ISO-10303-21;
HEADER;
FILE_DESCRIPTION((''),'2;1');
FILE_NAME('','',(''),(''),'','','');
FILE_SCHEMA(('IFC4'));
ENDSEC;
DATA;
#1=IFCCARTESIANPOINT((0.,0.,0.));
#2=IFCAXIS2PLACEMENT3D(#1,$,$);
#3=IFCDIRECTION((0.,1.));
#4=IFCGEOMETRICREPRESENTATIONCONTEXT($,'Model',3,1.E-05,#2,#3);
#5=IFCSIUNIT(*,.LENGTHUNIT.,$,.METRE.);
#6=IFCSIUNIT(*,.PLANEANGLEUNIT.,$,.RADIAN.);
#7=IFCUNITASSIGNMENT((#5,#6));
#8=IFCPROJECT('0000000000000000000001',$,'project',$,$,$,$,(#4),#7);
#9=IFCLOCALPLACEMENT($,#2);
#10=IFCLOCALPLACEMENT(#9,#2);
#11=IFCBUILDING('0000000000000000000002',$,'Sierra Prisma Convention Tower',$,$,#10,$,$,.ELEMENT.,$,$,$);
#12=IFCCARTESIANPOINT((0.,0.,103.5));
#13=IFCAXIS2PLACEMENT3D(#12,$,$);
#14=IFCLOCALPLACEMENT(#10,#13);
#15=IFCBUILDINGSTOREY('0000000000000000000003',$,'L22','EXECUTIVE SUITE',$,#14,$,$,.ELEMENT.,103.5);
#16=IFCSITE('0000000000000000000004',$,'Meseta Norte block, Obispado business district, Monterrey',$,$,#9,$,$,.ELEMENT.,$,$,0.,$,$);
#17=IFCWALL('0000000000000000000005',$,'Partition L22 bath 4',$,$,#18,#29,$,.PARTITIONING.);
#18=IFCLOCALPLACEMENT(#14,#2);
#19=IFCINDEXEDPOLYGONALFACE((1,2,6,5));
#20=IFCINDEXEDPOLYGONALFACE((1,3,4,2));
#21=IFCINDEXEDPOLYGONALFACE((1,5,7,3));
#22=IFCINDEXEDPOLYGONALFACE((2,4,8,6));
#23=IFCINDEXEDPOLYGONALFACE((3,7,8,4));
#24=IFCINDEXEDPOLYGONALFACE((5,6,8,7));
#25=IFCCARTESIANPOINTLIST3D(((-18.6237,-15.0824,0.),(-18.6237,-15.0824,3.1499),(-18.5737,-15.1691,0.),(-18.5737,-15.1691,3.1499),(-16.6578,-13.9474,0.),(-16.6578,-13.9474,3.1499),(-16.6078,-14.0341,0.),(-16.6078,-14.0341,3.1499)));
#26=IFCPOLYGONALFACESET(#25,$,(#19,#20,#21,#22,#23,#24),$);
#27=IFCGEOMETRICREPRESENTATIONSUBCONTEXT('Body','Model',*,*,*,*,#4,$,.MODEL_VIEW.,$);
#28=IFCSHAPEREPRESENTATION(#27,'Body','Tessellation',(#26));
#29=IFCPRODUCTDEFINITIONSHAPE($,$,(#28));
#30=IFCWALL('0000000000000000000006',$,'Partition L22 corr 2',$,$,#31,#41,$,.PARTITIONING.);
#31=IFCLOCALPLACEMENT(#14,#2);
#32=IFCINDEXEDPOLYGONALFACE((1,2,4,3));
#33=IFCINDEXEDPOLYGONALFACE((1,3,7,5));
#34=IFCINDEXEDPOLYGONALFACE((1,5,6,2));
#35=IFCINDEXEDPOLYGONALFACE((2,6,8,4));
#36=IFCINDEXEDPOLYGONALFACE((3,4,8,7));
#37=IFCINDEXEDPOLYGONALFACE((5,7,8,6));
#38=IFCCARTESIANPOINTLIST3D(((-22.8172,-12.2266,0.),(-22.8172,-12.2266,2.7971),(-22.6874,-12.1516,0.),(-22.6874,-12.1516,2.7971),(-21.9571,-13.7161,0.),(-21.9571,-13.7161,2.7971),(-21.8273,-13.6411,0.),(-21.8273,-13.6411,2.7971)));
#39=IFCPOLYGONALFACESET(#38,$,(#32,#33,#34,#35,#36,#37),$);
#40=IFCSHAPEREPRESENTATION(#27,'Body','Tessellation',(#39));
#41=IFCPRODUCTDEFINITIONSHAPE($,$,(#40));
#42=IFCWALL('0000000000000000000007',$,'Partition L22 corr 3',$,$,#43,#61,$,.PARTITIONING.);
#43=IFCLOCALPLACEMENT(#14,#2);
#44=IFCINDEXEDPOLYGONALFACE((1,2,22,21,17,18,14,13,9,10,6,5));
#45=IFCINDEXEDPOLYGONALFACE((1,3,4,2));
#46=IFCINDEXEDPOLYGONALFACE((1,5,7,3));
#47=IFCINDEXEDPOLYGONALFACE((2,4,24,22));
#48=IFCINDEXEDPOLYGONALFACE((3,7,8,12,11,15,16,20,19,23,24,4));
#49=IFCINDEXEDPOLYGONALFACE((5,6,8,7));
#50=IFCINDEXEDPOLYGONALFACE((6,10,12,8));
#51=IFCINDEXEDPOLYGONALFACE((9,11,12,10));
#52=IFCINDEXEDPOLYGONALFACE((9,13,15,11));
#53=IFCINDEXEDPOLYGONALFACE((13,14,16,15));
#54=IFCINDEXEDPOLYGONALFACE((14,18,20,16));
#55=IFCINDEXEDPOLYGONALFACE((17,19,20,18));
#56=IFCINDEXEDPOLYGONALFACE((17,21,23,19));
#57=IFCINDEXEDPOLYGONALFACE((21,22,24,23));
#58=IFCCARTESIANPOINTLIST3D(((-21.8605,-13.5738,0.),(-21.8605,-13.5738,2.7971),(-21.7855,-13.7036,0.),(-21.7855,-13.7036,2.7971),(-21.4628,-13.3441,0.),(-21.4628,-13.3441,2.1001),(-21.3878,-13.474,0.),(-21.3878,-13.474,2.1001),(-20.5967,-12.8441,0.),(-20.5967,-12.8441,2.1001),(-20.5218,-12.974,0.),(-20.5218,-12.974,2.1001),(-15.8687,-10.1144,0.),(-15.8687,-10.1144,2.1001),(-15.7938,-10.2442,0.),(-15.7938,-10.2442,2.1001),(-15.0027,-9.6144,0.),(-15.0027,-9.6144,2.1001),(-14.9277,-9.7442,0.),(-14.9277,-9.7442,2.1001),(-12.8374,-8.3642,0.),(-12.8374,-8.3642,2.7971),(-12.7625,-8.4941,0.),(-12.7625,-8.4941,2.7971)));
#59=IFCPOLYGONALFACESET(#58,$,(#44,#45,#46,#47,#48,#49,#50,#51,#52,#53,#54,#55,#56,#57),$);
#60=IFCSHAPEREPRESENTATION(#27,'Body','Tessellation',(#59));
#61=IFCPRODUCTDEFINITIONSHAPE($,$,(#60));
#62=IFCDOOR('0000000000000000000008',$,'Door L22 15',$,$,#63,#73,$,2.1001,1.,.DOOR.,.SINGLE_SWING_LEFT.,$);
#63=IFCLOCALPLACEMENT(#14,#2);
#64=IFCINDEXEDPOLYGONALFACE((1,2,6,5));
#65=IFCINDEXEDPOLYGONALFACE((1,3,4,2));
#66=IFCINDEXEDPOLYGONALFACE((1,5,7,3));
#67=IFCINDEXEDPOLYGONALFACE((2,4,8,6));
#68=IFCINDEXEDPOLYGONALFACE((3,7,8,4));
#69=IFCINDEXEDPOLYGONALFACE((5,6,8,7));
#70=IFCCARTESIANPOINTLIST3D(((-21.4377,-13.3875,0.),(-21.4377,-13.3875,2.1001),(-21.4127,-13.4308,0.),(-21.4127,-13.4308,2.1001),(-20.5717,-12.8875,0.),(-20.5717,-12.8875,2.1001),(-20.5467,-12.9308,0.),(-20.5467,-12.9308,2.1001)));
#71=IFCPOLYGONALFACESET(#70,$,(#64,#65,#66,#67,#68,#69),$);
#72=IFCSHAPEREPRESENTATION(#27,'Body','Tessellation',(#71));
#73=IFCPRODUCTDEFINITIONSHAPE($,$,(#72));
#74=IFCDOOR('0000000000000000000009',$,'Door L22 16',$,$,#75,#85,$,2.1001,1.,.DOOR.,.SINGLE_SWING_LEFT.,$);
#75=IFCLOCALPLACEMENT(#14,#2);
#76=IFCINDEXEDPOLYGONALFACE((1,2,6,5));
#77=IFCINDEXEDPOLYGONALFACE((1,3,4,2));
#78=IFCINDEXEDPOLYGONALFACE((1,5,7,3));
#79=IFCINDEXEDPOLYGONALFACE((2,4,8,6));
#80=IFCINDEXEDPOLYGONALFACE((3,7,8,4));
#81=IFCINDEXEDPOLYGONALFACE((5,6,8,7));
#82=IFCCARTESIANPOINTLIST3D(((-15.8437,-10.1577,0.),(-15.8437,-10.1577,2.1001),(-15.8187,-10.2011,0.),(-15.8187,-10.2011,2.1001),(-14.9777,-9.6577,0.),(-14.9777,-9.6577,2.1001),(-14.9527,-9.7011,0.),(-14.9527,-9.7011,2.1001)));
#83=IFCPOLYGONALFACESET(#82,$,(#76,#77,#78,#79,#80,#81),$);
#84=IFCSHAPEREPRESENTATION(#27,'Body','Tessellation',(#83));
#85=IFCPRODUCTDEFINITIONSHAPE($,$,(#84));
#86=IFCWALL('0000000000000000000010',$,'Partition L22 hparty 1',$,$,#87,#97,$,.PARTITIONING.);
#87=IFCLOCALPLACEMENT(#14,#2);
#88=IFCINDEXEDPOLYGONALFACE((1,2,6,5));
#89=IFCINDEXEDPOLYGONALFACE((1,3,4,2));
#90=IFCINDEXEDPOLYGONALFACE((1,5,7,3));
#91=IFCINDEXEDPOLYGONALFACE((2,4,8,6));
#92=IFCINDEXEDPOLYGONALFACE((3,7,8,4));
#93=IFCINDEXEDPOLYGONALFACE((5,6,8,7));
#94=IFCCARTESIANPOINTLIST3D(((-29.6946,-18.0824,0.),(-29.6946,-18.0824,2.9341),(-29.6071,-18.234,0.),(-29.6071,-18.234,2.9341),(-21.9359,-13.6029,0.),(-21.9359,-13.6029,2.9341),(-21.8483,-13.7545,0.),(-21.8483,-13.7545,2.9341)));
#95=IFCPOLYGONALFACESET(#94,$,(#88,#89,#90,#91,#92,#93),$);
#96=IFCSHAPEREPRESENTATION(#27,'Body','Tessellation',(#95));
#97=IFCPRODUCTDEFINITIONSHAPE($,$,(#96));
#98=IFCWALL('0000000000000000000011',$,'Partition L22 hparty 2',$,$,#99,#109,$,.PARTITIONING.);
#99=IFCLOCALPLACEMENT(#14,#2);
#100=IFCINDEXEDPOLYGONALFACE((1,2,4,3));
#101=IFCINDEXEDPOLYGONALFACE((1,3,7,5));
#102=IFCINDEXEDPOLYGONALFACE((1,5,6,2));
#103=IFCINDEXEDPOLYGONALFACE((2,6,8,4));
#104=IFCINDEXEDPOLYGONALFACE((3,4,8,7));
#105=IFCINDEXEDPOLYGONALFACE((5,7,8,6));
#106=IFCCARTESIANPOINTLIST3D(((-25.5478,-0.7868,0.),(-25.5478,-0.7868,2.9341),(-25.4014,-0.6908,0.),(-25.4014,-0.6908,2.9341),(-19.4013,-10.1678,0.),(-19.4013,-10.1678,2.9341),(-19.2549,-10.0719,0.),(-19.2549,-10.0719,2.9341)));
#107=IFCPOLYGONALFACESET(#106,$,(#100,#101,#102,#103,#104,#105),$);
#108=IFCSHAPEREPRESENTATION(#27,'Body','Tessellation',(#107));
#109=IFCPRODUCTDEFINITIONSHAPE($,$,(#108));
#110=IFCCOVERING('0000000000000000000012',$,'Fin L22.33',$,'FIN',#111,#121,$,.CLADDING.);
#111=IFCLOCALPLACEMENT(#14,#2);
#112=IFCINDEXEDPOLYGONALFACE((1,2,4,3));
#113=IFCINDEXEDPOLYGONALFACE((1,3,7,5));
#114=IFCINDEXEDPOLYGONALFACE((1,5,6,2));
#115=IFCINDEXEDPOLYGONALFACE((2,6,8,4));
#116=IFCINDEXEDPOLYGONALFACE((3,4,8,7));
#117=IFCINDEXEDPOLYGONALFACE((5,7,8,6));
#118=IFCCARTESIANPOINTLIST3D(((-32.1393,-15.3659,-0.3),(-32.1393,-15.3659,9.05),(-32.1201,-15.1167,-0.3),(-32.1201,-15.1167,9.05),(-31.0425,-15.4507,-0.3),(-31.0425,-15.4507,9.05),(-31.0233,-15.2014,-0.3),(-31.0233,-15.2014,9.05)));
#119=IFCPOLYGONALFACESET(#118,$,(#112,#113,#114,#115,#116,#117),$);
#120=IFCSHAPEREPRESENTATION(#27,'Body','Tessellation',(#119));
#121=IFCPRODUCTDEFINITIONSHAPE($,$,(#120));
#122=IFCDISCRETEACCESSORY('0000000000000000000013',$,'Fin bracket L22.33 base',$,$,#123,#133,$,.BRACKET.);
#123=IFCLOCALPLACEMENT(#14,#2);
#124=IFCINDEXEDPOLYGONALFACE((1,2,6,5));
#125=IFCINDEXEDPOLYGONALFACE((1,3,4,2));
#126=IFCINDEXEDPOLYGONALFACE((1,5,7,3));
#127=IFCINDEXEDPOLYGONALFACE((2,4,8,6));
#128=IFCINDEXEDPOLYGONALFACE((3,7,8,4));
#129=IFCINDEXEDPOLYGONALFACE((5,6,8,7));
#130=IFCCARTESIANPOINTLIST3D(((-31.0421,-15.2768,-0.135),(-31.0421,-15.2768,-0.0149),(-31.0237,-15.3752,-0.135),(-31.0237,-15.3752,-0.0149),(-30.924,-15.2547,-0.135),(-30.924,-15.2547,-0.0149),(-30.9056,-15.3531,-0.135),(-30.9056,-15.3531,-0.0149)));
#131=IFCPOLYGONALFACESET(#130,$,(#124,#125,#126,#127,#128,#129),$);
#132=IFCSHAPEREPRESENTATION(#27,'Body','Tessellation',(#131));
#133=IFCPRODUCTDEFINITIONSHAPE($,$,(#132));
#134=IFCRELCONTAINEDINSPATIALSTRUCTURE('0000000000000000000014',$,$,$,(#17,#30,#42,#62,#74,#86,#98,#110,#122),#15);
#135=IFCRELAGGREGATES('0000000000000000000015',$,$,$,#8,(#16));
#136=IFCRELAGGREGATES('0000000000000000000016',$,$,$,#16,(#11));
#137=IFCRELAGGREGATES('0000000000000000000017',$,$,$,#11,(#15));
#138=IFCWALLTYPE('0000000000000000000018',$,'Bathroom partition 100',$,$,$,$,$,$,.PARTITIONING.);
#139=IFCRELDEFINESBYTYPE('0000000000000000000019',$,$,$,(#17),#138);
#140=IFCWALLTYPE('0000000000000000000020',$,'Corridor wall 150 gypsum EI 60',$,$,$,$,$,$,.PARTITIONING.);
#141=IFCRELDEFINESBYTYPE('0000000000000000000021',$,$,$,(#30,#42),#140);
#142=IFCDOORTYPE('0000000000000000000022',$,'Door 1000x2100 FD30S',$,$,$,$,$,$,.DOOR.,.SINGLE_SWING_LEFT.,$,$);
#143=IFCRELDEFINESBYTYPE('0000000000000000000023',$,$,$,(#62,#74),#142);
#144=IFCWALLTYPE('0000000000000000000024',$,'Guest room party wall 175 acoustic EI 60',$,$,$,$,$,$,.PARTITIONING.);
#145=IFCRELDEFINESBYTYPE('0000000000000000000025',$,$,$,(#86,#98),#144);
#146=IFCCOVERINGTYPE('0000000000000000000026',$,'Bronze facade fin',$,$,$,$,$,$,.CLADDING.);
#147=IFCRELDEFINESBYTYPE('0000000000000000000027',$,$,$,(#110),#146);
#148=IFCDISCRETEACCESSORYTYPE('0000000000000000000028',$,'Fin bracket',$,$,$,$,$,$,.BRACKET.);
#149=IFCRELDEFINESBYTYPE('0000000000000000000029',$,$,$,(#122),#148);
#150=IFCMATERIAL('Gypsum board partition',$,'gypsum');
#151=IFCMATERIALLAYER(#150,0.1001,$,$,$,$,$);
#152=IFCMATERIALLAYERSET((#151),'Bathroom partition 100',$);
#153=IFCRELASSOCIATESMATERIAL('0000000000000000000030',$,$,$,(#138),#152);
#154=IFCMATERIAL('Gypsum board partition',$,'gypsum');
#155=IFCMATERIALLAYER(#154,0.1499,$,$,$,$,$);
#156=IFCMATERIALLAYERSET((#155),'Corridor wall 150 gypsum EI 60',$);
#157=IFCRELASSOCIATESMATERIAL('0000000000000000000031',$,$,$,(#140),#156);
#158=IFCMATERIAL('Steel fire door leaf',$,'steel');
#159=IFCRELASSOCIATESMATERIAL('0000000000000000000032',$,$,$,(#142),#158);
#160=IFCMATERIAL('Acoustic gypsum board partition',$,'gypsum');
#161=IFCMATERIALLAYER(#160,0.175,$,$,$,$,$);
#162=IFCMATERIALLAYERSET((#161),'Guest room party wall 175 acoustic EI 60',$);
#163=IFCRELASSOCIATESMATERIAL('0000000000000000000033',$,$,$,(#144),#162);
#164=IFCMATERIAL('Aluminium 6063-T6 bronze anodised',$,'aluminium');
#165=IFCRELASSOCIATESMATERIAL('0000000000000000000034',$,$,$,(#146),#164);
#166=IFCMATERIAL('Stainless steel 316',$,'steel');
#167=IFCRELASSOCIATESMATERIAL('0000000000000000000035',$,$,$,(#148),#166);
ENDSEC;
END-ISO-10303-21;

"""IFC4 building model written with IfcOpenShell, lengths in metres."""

from ifc_helpers import new_model, si_unit, direction, frame, frame_2d, origin, origin_2d, place, context, subcontext, project, spatial, rectangle, extrude, material, layer, layer_set, material_profile, profile_set, type_object, element, fill, save


model = new_model("IFC4")

# Units and contexts
model_context = context("Model", 3, precision=1e-05, world=origin(), true_north=direction((0.0, 1.0)))
body_context = subcontext(model_context, "Body", "Model", "MODEL_VIEW")
ifc_project = project(units=[si_unit("LENGTHUNIT", "METRE"), si_unit("PLANEANGLEUNIT", "RADIAN")], contexts=[model_context])

# Site, building, storey
site_placement = place(None, origin())
site = spatial("IfcSite", under=ifc_project, at=site_placement, Name="Meseta Norte block, Obispado business district, Monterrey", CompositionType="ELEMENT", RefElevation=0.0)
building_placement = place(site_placement, origin())
building = spatial("IfcBuilding", under=site, at=building_placement, Name="Sierra Prisma Convention Tower", CompositionType="ELEMENT")
storey_placement = place(building_placement, frame((0.0, 0.0, 103.5)))
storey = spatial("IfcBuildingStorey", under=building, at=storey_placement, Name="L22", Description="EXECUTIVE SUITE", CompositionType="ELEMENT", Elevation=103.5)

# Shared definitions
ifc_material_1 = material(Name="Gypsum board partition", Category="gypsum")
ifc_layer_1 = layer(ifc_material_1, 0.1001)
ifc_layer_set_1 = layer_set([ifc_layer_1], Name="Bathroom partition 100")
wall_type_1 = type_object("IfcWallType", Name="Bathroom partition 100", PredefinedType="PARTITIONING", material=ifc_layer_set_1)

# Walls
wall_1_placement = place(storey_placement, frame((-16.6328, -13.9907, 0.0), z_axis=(0.0, 0.0, 1.0), x_axis=(-0.866017, -0.500014, 0.0)))
element("IfcWall", 1, at=wall_1_placement, inside=storey, type_object=wall_type_1, Name="Partition L22 bath 4", PredefinedType="PARTITIONING", context=body_context, shape_type="SweptSolid", body=[
    extrude(rectangle(XDim=2.27, YDim=0.1001, at=frame_2d((1.135, 0.0))), origin(), (0.0, 0.0, 1.0), 3.1499),
])
ifc_material_2 = material(Name="Gypsum board partition", Category="gypsum")
ifc_layer_2 = layer(ifc_material_2, 0.1499)
ifc_layer_set_2 = layer_set([ifc_layer_2], Name="Corridor wall 150 gypsum EI 60")
wall_type_2 = type_object("IfcWallType", Name="Corridor wall 150 gypsum EI 60", PredefinedType="PARTITIONING", material=ifc_layer_set_2)
wall_2_placement = place(storey_placement, frame((-22.7522, -12.1892, 0.0), z_axis=(0.0, 0.0, 1.0), x_axis=(0.500062, -0.865989, 0.0)))
element("IfcWall", 2, at=wall_2_placement, inside=storey, type_object=wall_type_2, Name="Partition L22 corr 2", PredefinedType="PARTITIONING", context=body_context, shape_type="SweptSolid", body=[
    extrude(rectangle(XDim=1.72, YDim=0.1499, at=frame_2d((0.8599, 0.0))), origin(), (0.0, 0.0, 1.0), 2.7971),
])

# Wall, openings, doors
wall_3_placement = place(storey_placement, frame((-21.823, -13.6387, 0.0), z_axis=(0.0, 0.0, 1.0), x_axis=(0.866022, 0.500005, 0.0)))
wall_3 = element("IfcWall", 3, at=wall_3_placement, inside=storey, type_object=wall_type_2, Name="Partition L22 corr 3", PredefinedType="PARTITIONING", context=body_context, shape_type="SweptSolid", body=[
    extrude(rectangle(XDim=10.4189, YDim=0.1499, at=frame_2d((5.2095, 0.0))), origin(), (0.0, 0.0, 1.0), 2.7971),
])
opening_1_placement = place(wall_3_placement, frame((0.4592, 0.0, 0.0)))
opening_1 = element("IfcOpeningElement", 4, at=opening_1_placement, cuts=wall_3, PredefinedType="OPENING", context=body_context, shape_type="SweptSolid", body=[
    extrude(rectangle(XDim=1.0, YDim=2.1001, at=frame_2d((0.5, 1.05))), frame((0.0, 0.075, 0.0), z_axis=(0.0, -1.0, 0.0), x_axis=(1.0, 0.0, 0.0)), (0.0, 0.0, 1.0), 0.1499),
])
opening_2_placement = place(wall_3_placement, frame((6.9187, 0.0, 0.0)))
opening_2 = element("IfcOpeningElement", 5, at=opening_2_placement, cuts=wall_3, PredefinedType="OPENING", context=body_context, shape_type="SweptSolid", body=[
    extrude(rectangle(XDim=1.0, YDim=2.1001, at=frame_2d((0.5, 1.05))), frame((0.0, 0.075, 0.0), z_axis=(0.0, -1.0, 0.0), x_axis=(1.0, 0.0, 0.0)), (0.0, 0.0, 1.0), 0.1499),
])
ifc_material_3 = material(Name="Steel fire door leaf", Category="steel")
door_type_1 = type_object("IfcDoorType", Name="Door 1000x2100 FD30S", OperationType="SINGLE_SWING_LEFT", PredefinedType="DOOR", material=ifc_material_3)
door_1_placement = place(opening_1_placement, origin())
door_1 = element("IfcDoor", 6, at=door_1_placement, inside=storey, type_object=door_type_1, Name="Door L22 15", OperationType="SINGLE_SWING_LEFT", OverallHeight=2.1001, OverallWidth=1.0, PredefinedType="DOOR", context=body_context, shape_type="SweptSolid", body=[
    extrude(rectangle(XDim=1.0, YDim=2.1001, at=frame_2d((0.5, 1.05))), frame((0.0, 0.0249, 0.0), z_axis=(0.0, -1.0, 0.0), x_axis=(1.0, 0.0, 0.0)), (0.0, 0.0, 1.0), 0.05),
])
fill(opening_1, door_1)
door_2_placement = place(opening_2_placement, origin())
door_2 = element("IfcDoor", 7, at=door_2_placement, inside=storey, type_object=door_type_1, Name="Door L22 16", OperationType="SINGLE_SWING_LEFT", OverallHeight=2.1001, OverallWidth=1.0, PredefinedType="DOOR", context=body_context, shape_type="SweptSolid", body=[
    extrude(rectangle(XDim=1.0, YDim=2.1001, at=frame_2d((0.5, 1.05))), frame((0.0, 0.0249, 0.0), z_axis=(0.0, -1.0, 0.0), x_axis=(1.0, 0.0, 0.0)), (0.0, 0.0, 1.0), 0.05),
])
fill(opening_2, door_2)

# Walls
ifc_material_4 = material(Name="Acoustic gypsum board partition", Category="gypsum")
ifc_layer_3 = layer(ifc_material_4, 0.175)
ifc_layer_set_3 = layer_set([ifc_layer_3], Name="Guest room party wall 175 acoustic EI 60")
wall_type_3 = type_object("IfcWallType", Name="Guest room party wall 175 acoustic EI 60", PredefinedType="PARTITIONING", material=ifc_layer_set_3)
wall_4_placement = place(storey_placement, frame((-21.8921, -13.6787, 0.0), z_axis=(0.0, 0.0, 1.0), x_axis=(-0.866028, -0.499996, 0.0)))
element("IfcWall", 8, at=wall_4_placement, inside=storey, type_object=wall_type_3, Name="Partition L22 hparty 1", PredefinedType="PARTITIONING", context=body_context, shape_type="SweptSolid", body=[
    extrude(rectangle(XDim=8.959, YDim=0.175, at=frame_2d((4.4795, 0.0))), origin(), (0.0, 0.0, 1.0), 2.9341),
])
wall_5_placement = place(storey_placement, frame((-19.3281, -10.1199, 0.0), z_axis=(0.0, 0.0, 1.0), x_axis=(-0.548041, 0.836451, 0.0)))
element("IfcWall", 9, at=wall_5_placement, inside=storey, type_object=wall_type_3, Name="Partition L22 hparty 2", PredefinedType="PARTITIONING", context=body_context, shape_type="SweptSolid", body=[
    extrude(rectangle(XDim=11.2153, YDim=0.175, at=frame_2d((5.6077, 0.0))), origin(), (0.0, 0.0, 1.0), 2.9341),
])

# Covering
ifc_material_5 = material(Name="Aluminium 6063-T6 bronze anodised", Category="aluminium")
ifc_material_profile_1 = material_profile(ifc_material_5, rectangle(XDim=1.1001, YDim=0.25, at=origin_2d()), Name="ALU FIN 1100x250")
ifc_profile_set_1 = profile_set([ifc_material_profile_1], Name="Aluminium 6063-T6 bronze anodised")
covering_type = type_object("IfcCoveringType", Name="Bronze facade fin", PredefinedType="CLADDING", material=ifc_profile_set_1)
covering_placement = place(storey_placement, frame((-31.5813, -15.2837, -0.3), z_axis=(0.0, 0.0, 1.0), x_axis=(-0.997028, 0.077036, 0.0)))
element("IfcCovering", 10, at=covering_placement, inside=storey, type_object=covering_type, Name="Fin L22.33", ObjectType="FIN", PredefinedType="CLADDING", context=body_context, shape_type="SweptSolid", body=[
    extrude(rectangle(XDim=1.1001, YDim=0.25, at=origin_2d()), origin(), (0.0, 0.0, 1.0), 9.3501),
])

# Discrete accessory
ifc_material_6 = material(Name="Stainless steel 316", Category="steel")
discrete_accessory_type = type_object("IfcDiscreteAccessoryType", Name="Fin bracket", PredefinedType="BRACKET", material=ifc_material_6)
discrete_accessory_placement = place(storey_placement, frame((-30.9739, -15.3149, -0.135), z_axis=(0.0, 0.0, 1.0), x_axis=(-0.982994, -0.183639, 0.0)))
element("IfcDiscreteAccessory", 11, at=discrete_accessory_placement, inside=storey, type_object=discrete_accessory_type, Name="Fin bracket L22.33 base", PredefinedType="BRACKET", context=body_context, shape_type="SweptSolid", body=[
    extrude(rectangle(XDim=0.1201, YDim=0.1001, at=origin_2d()), origin(), (0.0, 0.0, 1.0), 0.1201),
])

save(model, "model.ifc")
